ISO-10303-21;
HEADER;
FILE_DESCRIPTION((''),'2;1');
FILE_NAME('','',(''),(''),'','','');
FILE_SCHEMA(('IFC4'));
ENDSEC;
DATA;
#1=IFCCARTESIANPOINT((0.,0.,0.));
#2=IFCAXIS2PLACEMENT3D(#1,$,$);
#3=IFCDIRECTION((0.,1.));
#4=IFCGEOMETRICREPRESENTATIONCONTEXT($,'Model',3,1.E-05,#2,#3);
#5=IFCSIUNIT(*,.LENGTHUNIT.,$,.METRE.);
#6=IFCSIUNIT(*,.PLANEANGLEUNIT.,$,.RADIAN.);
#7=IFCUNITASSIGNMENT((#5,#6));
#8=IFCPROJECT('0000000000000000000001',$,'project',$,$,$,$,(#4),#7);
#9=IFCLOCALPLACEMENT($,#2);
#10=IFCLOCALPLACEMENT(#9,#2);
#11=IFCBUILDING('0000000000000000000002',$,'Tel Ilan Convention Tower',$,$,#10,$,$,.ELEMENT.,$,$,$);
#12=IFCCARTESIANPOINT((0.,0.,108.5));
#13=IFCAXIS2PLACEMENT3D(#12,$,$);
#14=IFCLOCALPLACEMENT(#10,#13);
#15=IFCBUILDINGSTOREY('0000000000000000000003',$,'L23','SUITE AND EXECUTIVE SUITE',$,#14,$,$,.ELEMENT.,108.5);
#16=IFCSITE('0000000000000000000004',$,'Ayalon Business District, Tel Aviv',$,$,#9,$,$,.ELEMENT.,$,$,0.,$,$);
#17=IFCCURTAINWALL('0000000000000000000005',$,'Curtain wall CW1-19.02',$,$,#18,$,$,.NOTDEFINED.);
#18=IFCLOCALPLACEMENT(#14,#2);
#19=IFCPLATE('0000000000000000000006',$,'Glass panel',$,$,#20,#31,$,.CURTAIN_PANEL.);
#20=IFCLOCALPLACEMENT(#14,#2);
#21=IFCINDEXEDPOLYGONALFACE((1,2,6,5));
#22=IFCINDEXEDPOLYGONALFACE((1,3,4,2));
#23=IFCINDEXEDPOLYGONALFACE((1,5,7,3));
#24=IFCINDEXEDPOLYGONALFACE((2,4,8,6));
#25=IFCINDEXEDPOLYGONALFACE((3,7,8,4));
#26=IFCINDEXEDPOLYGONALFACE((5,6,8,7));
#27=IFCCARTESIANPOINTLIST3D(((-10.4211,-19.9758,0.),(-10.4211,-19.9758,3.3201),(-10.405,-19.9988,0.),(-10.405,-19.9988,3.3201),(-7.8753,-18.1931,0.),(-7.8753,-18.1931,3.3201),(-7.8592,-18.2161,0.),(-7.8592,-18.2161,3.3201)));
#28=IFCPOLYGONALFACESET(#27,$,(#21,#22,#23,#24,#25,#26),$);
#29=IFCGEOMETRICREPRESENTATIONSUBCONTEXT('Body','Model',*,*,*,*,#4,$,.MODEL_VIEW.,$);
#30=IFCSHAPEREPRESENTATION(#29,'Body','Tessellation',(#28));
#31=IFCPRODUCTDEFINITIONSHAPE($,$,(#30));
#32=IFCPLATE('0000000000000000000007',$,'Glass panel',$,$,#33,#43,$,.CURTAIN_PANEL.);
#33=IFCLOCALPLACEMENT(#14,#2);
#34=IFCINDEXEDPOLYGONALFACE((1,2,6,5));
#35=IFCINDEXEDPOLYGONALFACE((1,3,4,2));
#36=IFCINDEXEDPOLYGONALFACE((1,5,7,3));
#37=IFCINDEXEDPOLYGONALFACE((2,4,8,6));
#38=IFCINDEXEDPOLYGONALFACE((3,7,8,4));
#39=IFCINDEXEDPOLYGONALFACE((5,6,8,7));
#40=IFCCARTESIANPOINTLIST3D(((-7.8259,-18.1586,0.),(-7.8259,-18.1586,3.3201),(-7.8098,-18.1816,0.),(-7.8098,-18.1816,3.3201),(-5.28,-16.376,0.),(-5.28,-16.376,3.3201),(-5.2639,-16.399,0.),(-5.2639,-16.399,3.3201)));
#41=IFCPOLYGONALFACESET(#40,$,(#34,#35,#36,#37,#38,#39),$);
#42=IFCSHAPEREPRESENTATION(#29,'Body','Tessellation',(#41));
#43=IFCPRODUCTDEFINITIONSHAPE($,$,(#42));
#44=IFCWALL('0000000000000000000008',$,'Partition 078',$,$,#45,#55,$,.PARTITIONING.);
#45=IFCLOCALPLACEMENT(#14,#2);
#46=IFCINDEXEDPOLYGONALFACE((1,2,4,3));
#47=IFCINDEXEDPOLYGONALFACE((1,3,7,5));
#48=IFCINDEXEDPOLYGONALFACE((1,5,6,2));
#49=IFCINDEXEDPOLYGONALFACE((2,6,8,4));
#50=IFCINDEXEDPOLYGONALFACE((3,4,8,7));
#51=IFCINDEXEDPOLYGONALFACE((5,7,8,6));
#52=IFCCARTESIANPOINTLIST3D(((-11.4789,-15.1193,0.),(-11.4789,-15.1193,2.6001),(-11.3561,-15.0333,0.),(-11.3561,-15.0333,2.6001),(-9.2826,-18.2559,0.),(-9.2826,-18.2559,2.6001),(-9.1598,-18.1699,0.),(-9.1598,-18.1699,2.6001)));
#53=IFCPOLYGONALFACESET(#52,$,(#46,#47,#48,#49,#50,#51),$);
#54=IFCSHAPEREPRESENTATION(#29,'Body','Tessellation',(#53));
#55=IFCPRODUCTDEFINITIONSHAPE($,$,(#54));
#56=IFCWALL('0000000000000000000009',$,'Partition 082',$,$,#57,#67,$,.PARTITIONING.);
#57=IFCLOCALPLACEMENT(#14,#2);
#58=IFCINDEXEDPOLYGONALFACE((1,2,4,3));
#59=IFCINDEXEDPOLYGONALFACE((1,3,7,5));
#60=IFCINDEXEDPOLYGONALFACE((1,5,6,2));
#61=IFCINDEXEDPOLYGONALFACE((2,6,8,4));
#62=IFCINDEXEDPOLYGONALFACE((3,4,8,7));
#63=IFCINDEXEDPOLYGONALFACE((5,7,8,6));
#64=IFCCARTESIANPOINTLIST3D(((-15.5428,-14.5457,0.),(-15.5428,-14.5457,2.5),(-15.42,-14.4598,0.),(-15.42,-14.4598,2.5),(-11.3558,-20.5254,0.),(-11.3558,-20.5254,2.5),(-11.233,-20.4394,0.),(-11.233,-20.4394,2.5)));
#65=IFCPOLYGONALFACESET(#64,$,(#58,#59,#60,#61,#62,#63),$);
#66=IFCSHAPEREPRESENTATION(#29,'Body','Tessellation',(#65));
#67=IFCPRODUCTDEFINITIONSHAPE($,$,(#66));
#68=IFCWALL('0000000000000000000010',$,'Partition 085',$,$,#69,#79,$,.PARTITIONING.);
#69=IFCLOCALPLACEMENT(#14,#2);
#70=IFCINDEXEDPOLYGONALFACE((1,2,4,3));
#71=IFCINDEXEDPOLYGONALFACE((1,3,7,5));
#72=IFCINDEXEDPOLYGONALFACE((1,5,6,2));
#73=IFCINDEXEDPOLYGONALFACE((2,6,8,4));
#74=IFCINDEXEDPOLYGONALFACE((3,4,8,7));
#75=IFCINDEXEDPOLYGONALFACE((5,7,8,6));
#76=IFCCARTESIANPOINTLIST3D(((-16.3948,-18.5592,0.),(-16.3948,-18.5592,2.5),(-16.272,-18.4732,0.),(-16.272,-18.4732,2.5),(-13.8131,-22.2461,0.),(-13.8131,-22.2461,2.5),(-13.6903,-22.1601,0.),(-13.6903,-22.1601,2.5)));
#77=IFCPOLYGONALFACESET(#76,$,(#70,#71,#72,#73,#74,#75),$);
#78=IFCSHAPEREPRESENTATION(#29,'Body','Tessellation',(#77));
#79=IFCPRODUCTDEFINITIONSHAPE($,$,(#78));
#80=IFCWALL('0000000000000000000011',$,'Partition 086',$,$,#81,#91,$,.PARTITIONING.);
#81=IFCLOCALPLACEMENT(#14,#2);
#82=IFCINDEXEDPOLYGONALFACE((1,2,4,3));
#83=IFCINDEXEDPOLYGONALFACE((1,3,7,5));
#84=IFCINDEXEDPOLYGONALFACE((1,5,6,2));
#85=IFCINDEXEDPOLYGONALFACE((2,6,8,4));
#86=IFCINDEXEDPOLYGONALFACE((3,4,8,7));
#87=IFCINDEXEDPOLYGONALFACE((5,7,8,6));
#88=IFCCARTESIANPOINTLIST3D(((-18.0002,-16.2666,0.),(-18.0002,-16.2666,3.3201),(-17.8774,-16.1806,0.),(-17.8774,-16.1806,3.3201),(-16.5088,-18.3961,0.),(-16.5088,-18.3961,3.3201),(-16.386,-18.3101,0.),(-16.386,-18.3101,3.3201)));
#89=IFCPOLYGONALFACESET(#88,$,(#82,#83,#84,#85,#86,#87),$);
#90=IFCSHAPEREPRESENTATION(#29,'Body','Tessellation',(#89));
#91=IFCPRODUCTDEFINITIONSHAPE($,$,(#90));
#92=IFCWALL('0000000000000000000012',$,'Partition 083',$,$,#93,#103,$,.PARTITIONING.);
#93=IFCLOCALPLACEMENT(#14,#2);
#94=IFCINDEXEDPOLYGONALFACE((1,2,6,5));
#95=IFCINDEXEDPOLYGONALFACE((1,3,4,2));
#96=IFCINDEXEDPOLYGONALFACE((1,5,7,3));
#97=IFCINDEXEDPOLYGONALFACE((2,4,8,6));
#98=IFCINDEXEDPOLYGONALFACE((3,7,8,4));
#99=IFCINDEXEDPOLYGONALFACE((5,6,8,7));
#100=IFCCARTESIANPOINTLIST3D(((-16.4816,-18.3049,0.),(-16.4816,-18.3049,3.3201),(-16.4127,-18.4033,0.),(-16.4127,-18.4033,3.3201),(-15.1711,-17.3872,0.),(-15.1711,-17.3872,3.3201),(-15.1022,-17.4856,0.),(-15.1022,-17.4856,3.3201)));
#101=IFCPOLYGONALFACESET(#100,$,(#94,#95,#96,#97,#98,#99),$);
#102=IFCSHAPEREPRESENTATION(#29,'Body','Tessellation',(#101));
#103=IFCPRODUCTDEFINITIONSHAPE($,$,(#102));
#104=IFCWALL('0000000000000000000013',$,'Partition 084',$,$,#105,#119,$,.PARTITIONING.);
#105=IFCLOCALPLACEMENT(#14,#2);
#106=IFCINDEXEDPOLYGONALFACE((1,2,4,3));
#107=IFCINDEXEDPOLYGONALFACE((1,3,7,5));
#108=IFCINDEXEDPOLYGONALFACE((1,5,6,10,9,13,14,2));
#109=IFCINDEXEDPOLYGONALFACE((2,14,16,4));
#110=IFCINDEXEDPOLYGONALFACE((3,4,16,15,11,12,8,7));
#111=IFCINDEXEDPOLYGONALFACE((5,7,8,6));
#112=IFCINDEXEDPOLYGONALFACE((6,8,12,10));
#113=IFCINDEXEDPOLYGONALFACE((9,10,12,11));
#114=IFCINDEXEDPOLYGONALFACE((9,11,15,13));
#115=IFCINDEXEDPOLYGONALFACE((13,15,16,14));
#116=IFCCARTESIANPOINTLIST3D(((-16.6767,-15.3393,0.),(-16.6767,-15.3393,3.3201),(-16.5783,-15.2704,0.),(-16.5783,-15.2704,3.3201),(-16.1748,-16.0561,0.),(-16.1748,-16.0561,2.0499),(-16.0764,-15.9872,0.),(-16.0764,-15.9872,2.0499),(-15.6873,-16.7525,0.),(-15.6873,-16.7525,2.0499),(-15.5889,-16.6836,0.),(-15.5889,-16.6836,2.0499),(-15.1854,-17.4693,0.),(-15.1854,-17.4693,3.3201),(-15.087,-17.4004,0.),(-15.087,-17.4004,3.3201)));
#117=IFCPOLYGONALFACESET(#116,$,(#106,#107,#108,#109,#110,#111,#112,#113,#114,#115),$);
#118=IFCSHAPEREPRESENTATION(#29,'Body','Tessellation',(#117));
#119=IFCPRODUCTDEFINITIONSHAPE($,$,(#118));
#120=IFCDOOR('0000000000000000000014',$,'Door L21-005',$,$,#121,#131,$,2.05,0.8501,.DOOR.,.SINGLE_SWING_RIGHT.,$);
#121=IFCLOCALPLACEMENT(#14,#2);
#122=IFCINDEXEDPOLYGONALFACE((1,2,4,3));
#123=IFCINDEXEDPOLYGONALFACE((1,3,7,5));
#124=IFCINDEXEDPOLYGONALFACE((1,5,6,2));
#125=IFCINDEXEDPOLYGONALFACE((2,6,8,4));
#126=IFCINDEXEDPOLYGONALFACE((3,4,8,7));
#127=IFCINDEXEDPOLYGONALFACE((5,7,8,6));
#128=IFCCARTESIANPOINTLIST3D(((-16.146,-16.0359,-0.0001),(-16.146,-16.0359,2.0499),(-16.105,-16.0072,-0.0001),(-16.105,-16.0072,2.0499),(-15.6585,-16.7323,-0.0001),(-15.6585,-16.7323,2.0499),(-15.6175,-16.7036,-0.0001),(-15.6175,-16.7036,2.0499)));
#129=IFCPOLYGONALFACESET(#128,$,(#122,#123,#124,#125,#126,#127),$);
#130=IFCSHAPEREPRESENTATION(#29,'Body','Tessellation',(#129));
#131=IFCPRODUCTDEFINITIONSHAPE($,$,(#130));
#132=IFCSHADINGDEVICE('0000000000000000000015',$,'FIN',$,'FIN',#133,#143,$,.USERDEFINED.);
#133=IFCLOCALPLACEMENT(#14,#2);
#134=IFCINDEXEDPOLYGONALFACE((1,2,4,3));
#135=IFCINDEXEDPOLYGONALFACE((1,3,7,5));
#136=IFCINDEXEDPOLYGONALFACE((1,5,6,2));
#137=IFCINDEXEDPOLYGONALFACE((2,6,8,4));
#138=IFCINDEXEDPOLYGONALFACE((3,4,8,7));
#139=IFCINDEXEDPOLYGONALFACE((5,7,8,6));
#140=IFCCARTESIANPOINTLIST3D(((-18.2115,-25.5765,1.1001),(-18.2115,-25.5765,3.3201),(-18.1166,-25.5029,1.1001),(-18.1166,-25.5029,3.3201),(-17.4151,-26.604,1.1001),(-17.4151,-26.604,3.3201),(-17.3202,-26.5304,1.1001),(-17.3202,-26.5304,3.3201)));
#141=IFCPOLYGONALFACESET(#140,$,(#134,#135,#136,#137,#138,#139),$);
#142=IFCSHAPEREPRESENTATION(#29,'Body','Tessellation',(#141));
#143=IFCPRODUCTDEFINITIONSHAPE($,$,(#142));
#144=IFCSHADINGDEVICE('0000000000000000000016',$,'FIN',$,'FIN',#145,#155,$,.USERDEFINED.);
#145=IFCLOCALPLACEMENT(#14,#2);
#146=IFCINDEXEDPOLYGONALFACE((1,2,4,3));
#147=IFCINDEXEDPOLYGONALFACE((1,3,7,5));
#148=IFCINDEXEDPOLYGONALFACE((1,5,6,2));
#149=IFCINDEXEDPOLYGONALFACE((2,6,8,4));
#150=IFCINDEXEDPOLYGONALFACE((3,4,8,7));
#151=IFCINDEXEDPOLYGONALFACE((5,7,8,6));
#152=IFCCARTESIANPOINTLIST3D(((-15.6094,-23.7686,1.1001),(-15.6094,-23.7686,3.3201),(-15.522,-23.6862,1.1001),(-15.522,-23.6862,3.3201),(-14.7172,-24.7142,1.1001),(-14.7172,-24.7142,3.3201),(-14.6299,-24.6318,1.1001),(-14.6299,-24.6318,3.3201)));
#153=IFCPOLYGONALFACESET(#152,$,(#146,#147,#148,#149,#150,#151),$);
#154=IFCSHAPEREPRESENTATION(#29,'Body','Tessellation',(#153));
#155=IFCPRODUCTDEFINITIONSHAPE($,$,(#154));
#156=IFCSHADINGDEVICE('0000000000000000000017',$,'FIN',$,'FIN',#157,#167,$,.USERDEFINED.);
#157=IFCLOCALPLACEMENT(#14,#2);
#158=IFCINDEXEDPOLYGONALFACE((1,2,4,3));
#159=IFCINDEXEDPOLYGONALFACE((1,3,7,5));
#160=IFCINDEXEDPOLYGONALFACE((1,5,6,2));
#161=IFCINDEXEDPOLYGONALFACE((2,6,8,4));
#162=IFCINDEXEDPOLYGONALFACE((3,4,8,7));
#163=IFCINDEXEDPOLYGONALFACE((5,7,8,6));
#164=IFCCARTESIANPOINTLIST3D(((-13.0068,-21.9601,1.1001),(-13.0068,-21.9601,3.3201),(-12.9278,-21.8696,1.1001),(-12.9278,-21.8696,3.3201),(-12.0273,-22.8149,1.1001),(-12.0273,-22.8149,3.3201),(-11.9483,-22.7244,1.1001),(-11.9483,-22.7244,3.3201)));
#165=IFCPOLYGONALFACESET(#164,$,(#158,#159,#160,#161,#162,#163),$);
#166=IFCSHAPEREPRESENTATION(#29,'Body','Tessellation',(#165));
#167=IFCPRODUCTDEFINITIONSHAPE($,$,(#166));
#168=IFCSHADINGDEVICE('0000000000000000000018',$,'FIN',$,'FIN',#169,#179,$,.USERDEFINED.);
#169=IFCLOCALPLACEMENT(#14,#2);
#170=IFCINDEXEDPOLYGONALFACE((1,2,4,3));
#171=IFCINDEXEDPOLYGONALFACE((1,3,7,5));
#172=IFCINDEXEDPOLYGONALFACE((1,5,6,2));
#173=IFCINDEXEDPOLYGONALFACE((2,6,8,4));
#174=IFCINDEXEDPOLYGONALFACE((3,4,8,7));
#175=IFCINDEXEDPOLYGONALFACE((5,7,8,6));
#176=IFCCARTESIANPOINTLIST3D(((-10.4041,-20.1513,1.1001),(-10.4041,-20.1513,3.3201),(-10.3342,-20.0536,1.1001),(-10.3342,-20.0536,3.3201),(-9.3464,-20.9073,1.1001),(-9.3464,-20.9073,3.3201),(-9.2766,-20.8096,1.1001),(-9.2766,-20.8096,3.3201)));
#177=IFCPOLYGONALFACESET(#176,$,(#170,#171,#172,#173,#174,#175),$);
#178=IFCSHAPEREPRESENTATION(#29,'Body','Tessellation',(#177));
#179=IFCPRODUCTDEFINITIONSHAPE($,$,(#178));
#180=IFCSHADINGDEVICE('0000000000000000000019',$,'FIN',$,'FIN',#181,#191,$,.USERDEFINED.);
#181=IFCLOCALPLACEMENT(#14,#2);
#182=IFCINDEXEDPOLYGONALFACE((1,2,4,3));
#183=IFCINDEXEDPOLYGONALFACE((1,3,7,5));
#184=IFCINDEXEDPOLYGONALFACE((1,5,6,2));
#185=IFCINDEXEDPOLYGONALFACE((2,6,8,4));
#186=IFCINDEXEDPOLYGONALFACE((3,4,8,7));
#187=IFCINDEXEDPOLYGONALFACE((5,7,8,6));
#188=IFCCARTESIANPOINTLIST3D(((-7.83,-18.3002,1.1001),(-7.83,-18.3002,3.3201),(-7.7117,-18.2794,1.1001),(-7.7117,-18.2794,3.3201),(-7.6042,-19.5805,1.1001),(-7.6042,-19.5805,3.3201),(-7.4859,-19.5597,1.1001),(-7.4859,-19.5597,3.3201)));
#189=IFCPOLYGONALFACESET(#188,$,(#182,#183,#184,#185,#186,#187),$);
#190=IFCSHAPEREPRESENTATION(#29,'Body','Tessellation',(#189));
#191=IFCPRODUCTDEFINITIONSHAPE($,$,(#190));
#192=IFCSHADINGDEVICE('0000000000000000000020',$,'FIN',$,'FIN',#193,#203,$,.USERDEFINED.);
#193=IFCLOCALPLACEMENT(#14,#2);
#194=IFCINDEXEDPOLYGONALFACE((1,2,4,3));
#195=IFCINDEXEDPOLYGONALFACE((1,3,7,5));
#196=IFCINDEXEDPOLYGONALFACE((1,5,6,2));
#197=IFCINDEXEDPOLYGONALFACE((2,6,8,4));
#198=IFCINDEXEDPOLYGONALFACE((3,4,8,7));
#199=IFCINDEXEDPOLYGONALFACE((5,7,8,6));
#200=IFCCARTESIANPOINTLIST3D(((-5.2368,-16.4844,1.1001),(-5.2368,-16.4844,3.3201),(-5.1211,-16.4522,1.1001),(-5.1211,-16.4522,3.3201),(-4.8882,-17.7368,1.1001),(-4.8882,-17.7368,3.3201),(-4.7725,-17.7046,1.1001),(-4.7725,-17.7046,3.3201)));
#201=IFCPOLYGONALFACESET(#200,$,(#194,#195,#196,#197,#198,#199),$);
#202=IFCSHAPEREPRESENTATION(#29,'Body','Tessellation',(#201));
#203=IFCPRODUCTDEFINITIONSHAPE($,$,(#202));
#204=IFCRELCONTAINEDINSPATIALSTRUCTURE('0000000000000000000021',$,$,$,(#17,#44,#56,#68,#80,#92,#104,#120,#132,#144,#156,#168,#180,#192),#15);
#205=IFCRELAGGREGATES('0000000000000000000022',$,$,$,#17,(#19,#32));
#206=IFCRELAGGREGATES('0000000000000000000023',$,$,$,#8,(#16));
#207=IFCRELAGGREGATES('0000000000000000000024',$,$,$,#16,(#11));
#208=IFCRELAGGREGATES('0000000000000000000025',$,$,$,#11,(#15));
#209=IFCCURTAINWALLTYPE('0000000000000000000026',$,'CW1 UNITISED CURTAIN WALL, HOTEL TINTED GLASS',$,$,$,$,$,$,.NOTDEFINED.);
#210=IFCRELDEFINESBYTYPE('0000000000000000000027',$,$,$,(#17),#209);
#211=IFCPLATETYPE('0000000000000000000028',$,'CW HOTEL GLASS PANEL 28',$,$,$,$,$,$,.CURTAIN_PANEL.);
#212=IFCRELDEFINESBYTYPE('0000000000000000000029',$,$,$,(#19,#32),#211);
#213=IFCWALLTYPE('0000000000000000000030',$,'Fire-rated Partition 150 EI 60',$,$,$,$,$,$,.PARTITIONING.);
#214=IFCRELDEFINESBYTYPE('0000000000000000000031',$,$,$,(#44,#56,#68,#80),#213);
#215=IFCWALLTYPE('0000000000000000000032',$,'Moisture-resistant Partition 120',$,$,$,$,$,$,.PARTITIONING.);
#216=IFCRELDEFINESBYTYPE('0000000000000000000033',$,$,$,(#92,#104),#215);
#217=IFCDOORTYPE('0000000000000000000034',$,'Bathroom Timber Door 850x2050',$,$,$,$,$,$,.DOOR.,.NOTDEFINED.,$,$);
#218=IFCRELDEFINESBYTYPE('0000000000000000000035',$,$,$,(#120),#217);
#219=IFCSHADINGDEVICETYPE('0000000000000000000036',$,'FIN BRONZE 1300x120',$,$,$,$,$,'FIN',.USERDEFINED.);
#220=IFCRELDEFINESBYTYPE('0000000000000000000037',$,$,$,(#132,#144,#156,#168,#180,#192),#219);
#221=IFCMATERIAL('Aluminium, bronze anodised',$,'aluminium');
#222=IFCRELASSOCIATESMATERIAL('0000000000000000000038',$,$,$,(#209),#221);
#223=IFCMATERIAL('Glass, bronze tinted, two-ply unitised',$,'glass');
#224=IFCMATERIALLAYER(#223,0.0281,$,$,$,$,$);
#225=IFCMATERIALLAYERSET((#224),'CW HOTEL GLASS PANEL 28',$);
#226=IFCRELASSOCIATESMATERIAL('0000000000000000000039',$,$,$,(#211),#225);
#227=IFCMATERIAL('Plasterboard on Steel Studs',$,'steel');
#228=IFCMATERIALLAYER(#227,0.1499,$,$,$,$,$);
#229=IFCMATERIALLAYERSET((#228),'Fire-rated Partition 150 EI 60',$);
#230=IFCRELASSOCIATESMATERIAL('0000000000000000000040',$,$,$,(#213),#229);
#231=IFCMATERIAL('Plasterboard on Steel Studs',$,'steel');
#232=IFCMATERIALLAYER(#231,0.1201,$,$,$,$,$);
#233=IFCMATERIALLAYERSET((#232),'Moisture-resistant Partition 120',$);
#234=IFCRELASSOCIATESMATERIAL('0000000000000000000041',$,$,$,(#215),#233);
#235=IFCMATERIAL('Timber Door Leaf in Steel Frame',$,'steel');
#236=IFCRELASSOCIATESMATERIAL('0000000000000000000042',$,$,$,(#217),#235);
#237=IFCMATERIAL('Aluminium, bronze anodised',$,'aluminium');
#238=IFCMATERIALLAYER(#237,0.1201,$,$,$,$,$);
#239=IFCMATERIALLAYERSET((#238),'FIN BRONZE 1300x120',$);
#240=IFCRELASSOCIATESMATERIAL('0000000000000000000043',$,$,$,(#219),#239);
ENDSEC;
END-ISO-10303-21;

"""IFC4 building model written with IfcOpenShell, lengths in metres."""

from ifc_helpers import new_model, si_unit, direction, frame, frame_2d, origin, origin_2d, place, context, subcontext, project, spatial, rectangle, extrude, material, layer, layer_set, type_object, element, fill, aggregate, save


model = new_model("IFC4")

# Units and contexts
model_context = context("Model", 3, precision=1e-05, world=origin(), true_north=direction((0.0, 1.0)))
body_context = subcontext(model_context, "Body", "Model", "MODEL_VIEW")
ifc_project = project(units=[si_unit("LENGTHUNIT", "METRE"), si_unit("PLANEANGLEUNIT", "RADIAN")], contexts=[model_context])

# Site, building, storey
site_placement = place(None, origin())
site = spatial("IfcSite", under=ifc_project, at=site_placement, Name="Ayalon Business District, Tel Aviv", CompositionType="ELEMENT", RefElevation=0.0)
building_placement = place(site_placement, origin())
building = spatial("IfcBuilding", under=site, at=building_placement, Name="Tel Ilan Convention Tower", CompositionType="ELEMENT")
storey_placement = place(building_placement, frame((0.0, 0.0, 108.5)))
storey = spatial("IfcBuildingStorey", under=building, at=storey_placement, Name="L23", Description="SUITE AND EXECUTIVE SUITE", CompositionType="ELEMENT", Elevation=108.5)

# Curtain wall, plates
ifc_material_1 = material(Name="Aluminium, bronze anodised", Category="aluminium")
curtain_wall_type = type_object("IfcCurtainWallType", Name="CW1 UNITISED CURTAIN WALL, HOTEL TINTED GLASS", PredefinedType="NOTDEFINED", material=ifc_material_1)
curtain_wall_placement = place(storey_placement, origin())
curtain_wall = element("IfcCurtainWall", 1, at=curtain_wall_placement, inside=storey, type_object=curtain_wall_type, Name="Curtain wall CW1-19.02", PredefinedType="NOTDEFINED")
ifc_material_2 = material(Name="Glass, bronze tinted, two-ply unitised", Category="glass")
ifc_layer_1 = layer(ifc_material_2, 0.0281)
ifc_layer_set_1 = layer_set([ifc_layer_1], Name="CW HOTEL GLASS PANEL 28")
plate_type = type_object("IfcPlateType", Name="CW HOTEL GLASS PANEL 28", PredefinedType="CURTAIN_PANEL", material=ifc_layer_set_1)
plate_1_placement = place(storey_placement, frame((-9.1401, -19.0959, 0.0), z_axis=(0.0, 0.0, 1.0), x_axis=(0.819152, 0.573576, 0.0)))
plate_1 = element("IfcPlate", 2, at=plate_1_placement, type_object=plate_type, Name="Glass panel", PredefinedType="CURTAIN_PANEL", context=body_context, shape_type="SweptSolid", body=[
    extrude(rectangle(XDim=3.1079, YDim=0.0281, at=origin_2d()), origin(), (0.0, 0.0, 1.0), 3.3201),
])
plate_2_placement = place(storey_placement, frame((-6.5449, -17.2788, 0.0), z_axis=(0.0, 0.0, 1.0), x_axis=(0.819152, 0.573576, 0.0)))
plate_2 = element("IfcPlate", 3, at=plate_2_placement, type_object=plate_type, Name="Glass panel", PredefinedType="CURTAIN_PANEL", context=body_context, shape_type="SweptSolid", body=[
    extrude(rectangle(XDim=3.1079, YDim=0.0281, at=origin_2d()), origin(), (0.0, 0.0, 1.0), 3.3201),
])
aggregate(curtain_wall, [plate_1, plate_2])

# Walls
ifc_material_3 = material(Name="Plasterboard on Steel Studs", Category="steel")
ifc_layer_2 = layer(ifc_material_3, 0.1499)
ifc_layer_set_2 = layer_set([ifc_layer_2], Name="Fire-rated Partition 150 EI 60")
wall_type_1 = type_object("IfcWallType", Name="Fire-rated Partition 150 EI 60", PredefinedType="PARTITIONING", material=ifc_layer_set_2)
wall_1_placement = place(storey_placement, frame((-9.2212, -18.2129, 0.0), z_axis=(0.0, 0.0, 1.0), x_axis=(-0.573595, 0.819139, 0.0)))
element("IfcWall", 4, at=wall_1_placement, inside=storey, type_object=wall_type_1, Name="Partition 078", PredefinedType="PARTITIONING", context=body_context, shape_type="SweptSolid", body=[
    extrude(rectangle(XDim=3.8291, YDim=0.1499, at=frame_2d((1.9146, 0.0))), origin(), (0.0, 0.0, 1.0), 2.6001),
])
wall_2_placement = place(storey_placement, frame((-11.2944, -20.4824, 0.0), z_axis=(0.0, 0.0, 1.0), x_axis=(-0.573572, 0.819155, 0.0)))
element("IfcWall", 5, at=wall_2_placement, inside=storey, type_object=wall_type_1, Name="Partition 082", PredefinedType="PARTITIONING", context=body_context, shape_type="SweptSolid", body=[
    extrude(rectangle(XDim=7.2998, YDim=0.1499, at=frame_2d((3.6499, 0.0))), origin(), (0.0, 0.0, 1.0), 2.5),
])
wall_3_placement = place(storey_placement, frame((-13.7517, -22.2031, 0.0), z_axis=(0.0, 0.0, 1.0), x_axis=(-0.573593, 0.81914, 0.0)))
element("IfcWall", 6, at=wall_3_placement, inside=storey, type_object=wall_type_1, Name="Partition 085", PredefinedType="PARTITIONING", context=body_context, shape_type="SweptSolid", body=[
    extrude(rectangle(XDim=4.501, YDim=0.1499, at=frame_2d((2.2505, 0.0))), origin(), (0.0, 0.0, 1.0), 2.5),
])
wall_4_placement = place(storey_placement, frame((-16.4475, -18.353, 0.0), z_axis=(0.0, 0.0, 1.0), x_axis=(-0.573645, 0.819104, 0.0)))
element("IfcWall", 7, at=wall_4_placement, inside=storey, type_object=wall_type_1, Name="Partition 086", PredefinedType="PARTITIONING", context=body_context, shape_type="SweptSolid", body=[
    extrude(rectangle(XDim=2.5999, YDim=0.1499, at=frame_2d((1.2998, 0.0))), origin(), (0.0, 0.0, 1.0), 3.3201),
])
ifc_material_4 = material(Name="Plasterboard on Steel Studs", Category="steel")
ifc_layer_3 = layer(ifc_material_4, 0.1201)
ifc_layer_set_3 = layer_set([ifc_layer_3], Name="Moisture-resistant Partition 120")
wall_type_2 = type_object("IfcWallType", Name="Moisture-resistant Partition 120", PredefinedType="PARTITIONING", material=ifc_layer_set_3)
wall_5_placement = place(storey_placement, frame((-16.447, -18.354, 0.0), z_axis=(0.0, 0.0, 1.0), x_axis=(0.819132, 0.573606, 0.0)))
element("IfcWall", 8, at=wall_5_placement, inside=storey, type_object=wall_type_2, Name="Partition 083", PredefinedType="PARTITIONING", context=body_context, shape_type="SweptSolid", body=[
    extrude(rectangle(XDim=1.5999, YDim=0.1201, at=frame_2d((0.7998, 0.0))), origin(), (0.0, 0.0, 1.0), 3.3201),
])

# Wall, opening, door
wall_6_placement = place(storey_placement, frame((-15.1362, -17.4348, 0.0), z_axis=(0.0, 0.0, 1.0), x_axis=(-0.573538, 0.819179, 0.0)))
wall_6 = element("IfcWall", 9, at=wall_6_placement, inside=storey, type_object=wall_type_2, Name="Partition 084", PredefinedType="PARTITIONING", context=body_context, shape_type="SweptSolid", body=[
    extrude(rectangle(XDim=2.6001, YDim=0.1201, at=frame_2d((1.3, 0.0))), origin(), (0.0, 0.0, 1.0), 3.3201),
])
opening_placement = place(wall_6_placement, frame((0.875, 0.0, 0.0)))
opening = element("IfcOpeningElement", 10, at=opening_placement, cuts=wall_6, PredefinedType="OPENING", context=body_context, shape_type="SweptSolid", body=[
    extrude(rectangle(XDim=0.8501, YDim=2.05, at=frame_2d((0.425, 1.0249))), frame((0.0, 0.0701, 0.0), z_axis=(0.0, -1.0, 0.0), x_axis=(1.0, 0.0, 0.0)), (0.0, 0.0, 1.0), 0.1401),
])
ifc_material_5 = material(Name="Timber Door Leaf in Steel Frame", Category="steel")
door_type = type_object("IfcDoorType", Name="Bathroom Timber Door 850x2050", OperationType="NOTDEFINED", PredefinedType="DOOR", material=ifc_material_5)
door_placement = place(opening_placement, origin())
door = element("IfcDoor", 11, at=door_placement, inside=storey, type_object=door_type, Name="Door L21-005", OperationType="SINGLE_SWING_RIGHT", OverallHeight=2.05, OverallWidth=0.8501, PredefinedType="DOOR", context=body_context, shape_type="SweptSolid", body=[
    extrude(rectangle(XDim=0.8501, YDim=2.05, at=frame_2d((0.425, 1.0249))), frame((0.0, 0.0249, 0.0), z_axis=(0.0, -1.0, 0.0), x_axis=(1.0, 0.0, 0.0)), (0.0, 0.0, 1.0), 0.05),
])
fill(opening, door)

# Shading devices
ifc_material_6 = material(Name="Aluminium, bronze anodised", Category="aluminium")
ifc_layer_4 = layer(ifc_material_6, 0.1201)
ifc_layer_set_4 = layer_set([ifc_layer_4], Name="FIN BRONZE 1300x120")
shading_device_type = type_object("IfcShadingDeviceType", Name="FIN BRONZE 1300x120", ElementType="FIN", PredefinedType="USERDEFINED", material=ifc_layer_set_4)
for number, where, z_axis, x_axis, name in (
    (12, (-17.7659, -26.0535, 1.1001), (0.0, 0.0, 1.0), (0.612601, -0.790393, 0.0), "FIN"),
    (13, (-15.1196, -24.2002, 1.1001), (0.0, 0.0, 1.0), (0.686242, -0.727374, 0.0), "FIN"),
    (14, (-12.4775, -22.3423, 1.1001), (0.0, 0.0, 1.0), (0.753436, -0.657521, 0.0), "FIN"),
    (15, (-9.8403, -20.4805, 1.1001), (0.0, 0.0, 1.0), (0.813552, -0.581492, 0.0), "FIN"),
    (16, (-7.658, -18.9299, 1.1001), (0.0, 0.0, 1.0), (0.173648, -0.984808, 0.0), "FIN"),
    (17, (-5.0046, -17.0945, 1.1001), (0.0, 0.0, 1.0), (0.268173, -0.963371, 0.0), "FIN"),
):
    element("IfcShadingDevice", number, at=place(storey_placement, frame(where, z_axis=z_axis, x_axis=x_axis)), inside=storey, type_object=shading_device_type, Name=name, ObjectType="FIN", PredefinedType="USERDEFINED", context=body_context, shape_type="SweptSolid", body=[
        extrude(rectangle(XDim=1.3, YDim=0.1201, at=origin_2d()), origin(), (0.0, 0.0, 1.0), 2.22),
    ])

save(model, "model.ifc")
